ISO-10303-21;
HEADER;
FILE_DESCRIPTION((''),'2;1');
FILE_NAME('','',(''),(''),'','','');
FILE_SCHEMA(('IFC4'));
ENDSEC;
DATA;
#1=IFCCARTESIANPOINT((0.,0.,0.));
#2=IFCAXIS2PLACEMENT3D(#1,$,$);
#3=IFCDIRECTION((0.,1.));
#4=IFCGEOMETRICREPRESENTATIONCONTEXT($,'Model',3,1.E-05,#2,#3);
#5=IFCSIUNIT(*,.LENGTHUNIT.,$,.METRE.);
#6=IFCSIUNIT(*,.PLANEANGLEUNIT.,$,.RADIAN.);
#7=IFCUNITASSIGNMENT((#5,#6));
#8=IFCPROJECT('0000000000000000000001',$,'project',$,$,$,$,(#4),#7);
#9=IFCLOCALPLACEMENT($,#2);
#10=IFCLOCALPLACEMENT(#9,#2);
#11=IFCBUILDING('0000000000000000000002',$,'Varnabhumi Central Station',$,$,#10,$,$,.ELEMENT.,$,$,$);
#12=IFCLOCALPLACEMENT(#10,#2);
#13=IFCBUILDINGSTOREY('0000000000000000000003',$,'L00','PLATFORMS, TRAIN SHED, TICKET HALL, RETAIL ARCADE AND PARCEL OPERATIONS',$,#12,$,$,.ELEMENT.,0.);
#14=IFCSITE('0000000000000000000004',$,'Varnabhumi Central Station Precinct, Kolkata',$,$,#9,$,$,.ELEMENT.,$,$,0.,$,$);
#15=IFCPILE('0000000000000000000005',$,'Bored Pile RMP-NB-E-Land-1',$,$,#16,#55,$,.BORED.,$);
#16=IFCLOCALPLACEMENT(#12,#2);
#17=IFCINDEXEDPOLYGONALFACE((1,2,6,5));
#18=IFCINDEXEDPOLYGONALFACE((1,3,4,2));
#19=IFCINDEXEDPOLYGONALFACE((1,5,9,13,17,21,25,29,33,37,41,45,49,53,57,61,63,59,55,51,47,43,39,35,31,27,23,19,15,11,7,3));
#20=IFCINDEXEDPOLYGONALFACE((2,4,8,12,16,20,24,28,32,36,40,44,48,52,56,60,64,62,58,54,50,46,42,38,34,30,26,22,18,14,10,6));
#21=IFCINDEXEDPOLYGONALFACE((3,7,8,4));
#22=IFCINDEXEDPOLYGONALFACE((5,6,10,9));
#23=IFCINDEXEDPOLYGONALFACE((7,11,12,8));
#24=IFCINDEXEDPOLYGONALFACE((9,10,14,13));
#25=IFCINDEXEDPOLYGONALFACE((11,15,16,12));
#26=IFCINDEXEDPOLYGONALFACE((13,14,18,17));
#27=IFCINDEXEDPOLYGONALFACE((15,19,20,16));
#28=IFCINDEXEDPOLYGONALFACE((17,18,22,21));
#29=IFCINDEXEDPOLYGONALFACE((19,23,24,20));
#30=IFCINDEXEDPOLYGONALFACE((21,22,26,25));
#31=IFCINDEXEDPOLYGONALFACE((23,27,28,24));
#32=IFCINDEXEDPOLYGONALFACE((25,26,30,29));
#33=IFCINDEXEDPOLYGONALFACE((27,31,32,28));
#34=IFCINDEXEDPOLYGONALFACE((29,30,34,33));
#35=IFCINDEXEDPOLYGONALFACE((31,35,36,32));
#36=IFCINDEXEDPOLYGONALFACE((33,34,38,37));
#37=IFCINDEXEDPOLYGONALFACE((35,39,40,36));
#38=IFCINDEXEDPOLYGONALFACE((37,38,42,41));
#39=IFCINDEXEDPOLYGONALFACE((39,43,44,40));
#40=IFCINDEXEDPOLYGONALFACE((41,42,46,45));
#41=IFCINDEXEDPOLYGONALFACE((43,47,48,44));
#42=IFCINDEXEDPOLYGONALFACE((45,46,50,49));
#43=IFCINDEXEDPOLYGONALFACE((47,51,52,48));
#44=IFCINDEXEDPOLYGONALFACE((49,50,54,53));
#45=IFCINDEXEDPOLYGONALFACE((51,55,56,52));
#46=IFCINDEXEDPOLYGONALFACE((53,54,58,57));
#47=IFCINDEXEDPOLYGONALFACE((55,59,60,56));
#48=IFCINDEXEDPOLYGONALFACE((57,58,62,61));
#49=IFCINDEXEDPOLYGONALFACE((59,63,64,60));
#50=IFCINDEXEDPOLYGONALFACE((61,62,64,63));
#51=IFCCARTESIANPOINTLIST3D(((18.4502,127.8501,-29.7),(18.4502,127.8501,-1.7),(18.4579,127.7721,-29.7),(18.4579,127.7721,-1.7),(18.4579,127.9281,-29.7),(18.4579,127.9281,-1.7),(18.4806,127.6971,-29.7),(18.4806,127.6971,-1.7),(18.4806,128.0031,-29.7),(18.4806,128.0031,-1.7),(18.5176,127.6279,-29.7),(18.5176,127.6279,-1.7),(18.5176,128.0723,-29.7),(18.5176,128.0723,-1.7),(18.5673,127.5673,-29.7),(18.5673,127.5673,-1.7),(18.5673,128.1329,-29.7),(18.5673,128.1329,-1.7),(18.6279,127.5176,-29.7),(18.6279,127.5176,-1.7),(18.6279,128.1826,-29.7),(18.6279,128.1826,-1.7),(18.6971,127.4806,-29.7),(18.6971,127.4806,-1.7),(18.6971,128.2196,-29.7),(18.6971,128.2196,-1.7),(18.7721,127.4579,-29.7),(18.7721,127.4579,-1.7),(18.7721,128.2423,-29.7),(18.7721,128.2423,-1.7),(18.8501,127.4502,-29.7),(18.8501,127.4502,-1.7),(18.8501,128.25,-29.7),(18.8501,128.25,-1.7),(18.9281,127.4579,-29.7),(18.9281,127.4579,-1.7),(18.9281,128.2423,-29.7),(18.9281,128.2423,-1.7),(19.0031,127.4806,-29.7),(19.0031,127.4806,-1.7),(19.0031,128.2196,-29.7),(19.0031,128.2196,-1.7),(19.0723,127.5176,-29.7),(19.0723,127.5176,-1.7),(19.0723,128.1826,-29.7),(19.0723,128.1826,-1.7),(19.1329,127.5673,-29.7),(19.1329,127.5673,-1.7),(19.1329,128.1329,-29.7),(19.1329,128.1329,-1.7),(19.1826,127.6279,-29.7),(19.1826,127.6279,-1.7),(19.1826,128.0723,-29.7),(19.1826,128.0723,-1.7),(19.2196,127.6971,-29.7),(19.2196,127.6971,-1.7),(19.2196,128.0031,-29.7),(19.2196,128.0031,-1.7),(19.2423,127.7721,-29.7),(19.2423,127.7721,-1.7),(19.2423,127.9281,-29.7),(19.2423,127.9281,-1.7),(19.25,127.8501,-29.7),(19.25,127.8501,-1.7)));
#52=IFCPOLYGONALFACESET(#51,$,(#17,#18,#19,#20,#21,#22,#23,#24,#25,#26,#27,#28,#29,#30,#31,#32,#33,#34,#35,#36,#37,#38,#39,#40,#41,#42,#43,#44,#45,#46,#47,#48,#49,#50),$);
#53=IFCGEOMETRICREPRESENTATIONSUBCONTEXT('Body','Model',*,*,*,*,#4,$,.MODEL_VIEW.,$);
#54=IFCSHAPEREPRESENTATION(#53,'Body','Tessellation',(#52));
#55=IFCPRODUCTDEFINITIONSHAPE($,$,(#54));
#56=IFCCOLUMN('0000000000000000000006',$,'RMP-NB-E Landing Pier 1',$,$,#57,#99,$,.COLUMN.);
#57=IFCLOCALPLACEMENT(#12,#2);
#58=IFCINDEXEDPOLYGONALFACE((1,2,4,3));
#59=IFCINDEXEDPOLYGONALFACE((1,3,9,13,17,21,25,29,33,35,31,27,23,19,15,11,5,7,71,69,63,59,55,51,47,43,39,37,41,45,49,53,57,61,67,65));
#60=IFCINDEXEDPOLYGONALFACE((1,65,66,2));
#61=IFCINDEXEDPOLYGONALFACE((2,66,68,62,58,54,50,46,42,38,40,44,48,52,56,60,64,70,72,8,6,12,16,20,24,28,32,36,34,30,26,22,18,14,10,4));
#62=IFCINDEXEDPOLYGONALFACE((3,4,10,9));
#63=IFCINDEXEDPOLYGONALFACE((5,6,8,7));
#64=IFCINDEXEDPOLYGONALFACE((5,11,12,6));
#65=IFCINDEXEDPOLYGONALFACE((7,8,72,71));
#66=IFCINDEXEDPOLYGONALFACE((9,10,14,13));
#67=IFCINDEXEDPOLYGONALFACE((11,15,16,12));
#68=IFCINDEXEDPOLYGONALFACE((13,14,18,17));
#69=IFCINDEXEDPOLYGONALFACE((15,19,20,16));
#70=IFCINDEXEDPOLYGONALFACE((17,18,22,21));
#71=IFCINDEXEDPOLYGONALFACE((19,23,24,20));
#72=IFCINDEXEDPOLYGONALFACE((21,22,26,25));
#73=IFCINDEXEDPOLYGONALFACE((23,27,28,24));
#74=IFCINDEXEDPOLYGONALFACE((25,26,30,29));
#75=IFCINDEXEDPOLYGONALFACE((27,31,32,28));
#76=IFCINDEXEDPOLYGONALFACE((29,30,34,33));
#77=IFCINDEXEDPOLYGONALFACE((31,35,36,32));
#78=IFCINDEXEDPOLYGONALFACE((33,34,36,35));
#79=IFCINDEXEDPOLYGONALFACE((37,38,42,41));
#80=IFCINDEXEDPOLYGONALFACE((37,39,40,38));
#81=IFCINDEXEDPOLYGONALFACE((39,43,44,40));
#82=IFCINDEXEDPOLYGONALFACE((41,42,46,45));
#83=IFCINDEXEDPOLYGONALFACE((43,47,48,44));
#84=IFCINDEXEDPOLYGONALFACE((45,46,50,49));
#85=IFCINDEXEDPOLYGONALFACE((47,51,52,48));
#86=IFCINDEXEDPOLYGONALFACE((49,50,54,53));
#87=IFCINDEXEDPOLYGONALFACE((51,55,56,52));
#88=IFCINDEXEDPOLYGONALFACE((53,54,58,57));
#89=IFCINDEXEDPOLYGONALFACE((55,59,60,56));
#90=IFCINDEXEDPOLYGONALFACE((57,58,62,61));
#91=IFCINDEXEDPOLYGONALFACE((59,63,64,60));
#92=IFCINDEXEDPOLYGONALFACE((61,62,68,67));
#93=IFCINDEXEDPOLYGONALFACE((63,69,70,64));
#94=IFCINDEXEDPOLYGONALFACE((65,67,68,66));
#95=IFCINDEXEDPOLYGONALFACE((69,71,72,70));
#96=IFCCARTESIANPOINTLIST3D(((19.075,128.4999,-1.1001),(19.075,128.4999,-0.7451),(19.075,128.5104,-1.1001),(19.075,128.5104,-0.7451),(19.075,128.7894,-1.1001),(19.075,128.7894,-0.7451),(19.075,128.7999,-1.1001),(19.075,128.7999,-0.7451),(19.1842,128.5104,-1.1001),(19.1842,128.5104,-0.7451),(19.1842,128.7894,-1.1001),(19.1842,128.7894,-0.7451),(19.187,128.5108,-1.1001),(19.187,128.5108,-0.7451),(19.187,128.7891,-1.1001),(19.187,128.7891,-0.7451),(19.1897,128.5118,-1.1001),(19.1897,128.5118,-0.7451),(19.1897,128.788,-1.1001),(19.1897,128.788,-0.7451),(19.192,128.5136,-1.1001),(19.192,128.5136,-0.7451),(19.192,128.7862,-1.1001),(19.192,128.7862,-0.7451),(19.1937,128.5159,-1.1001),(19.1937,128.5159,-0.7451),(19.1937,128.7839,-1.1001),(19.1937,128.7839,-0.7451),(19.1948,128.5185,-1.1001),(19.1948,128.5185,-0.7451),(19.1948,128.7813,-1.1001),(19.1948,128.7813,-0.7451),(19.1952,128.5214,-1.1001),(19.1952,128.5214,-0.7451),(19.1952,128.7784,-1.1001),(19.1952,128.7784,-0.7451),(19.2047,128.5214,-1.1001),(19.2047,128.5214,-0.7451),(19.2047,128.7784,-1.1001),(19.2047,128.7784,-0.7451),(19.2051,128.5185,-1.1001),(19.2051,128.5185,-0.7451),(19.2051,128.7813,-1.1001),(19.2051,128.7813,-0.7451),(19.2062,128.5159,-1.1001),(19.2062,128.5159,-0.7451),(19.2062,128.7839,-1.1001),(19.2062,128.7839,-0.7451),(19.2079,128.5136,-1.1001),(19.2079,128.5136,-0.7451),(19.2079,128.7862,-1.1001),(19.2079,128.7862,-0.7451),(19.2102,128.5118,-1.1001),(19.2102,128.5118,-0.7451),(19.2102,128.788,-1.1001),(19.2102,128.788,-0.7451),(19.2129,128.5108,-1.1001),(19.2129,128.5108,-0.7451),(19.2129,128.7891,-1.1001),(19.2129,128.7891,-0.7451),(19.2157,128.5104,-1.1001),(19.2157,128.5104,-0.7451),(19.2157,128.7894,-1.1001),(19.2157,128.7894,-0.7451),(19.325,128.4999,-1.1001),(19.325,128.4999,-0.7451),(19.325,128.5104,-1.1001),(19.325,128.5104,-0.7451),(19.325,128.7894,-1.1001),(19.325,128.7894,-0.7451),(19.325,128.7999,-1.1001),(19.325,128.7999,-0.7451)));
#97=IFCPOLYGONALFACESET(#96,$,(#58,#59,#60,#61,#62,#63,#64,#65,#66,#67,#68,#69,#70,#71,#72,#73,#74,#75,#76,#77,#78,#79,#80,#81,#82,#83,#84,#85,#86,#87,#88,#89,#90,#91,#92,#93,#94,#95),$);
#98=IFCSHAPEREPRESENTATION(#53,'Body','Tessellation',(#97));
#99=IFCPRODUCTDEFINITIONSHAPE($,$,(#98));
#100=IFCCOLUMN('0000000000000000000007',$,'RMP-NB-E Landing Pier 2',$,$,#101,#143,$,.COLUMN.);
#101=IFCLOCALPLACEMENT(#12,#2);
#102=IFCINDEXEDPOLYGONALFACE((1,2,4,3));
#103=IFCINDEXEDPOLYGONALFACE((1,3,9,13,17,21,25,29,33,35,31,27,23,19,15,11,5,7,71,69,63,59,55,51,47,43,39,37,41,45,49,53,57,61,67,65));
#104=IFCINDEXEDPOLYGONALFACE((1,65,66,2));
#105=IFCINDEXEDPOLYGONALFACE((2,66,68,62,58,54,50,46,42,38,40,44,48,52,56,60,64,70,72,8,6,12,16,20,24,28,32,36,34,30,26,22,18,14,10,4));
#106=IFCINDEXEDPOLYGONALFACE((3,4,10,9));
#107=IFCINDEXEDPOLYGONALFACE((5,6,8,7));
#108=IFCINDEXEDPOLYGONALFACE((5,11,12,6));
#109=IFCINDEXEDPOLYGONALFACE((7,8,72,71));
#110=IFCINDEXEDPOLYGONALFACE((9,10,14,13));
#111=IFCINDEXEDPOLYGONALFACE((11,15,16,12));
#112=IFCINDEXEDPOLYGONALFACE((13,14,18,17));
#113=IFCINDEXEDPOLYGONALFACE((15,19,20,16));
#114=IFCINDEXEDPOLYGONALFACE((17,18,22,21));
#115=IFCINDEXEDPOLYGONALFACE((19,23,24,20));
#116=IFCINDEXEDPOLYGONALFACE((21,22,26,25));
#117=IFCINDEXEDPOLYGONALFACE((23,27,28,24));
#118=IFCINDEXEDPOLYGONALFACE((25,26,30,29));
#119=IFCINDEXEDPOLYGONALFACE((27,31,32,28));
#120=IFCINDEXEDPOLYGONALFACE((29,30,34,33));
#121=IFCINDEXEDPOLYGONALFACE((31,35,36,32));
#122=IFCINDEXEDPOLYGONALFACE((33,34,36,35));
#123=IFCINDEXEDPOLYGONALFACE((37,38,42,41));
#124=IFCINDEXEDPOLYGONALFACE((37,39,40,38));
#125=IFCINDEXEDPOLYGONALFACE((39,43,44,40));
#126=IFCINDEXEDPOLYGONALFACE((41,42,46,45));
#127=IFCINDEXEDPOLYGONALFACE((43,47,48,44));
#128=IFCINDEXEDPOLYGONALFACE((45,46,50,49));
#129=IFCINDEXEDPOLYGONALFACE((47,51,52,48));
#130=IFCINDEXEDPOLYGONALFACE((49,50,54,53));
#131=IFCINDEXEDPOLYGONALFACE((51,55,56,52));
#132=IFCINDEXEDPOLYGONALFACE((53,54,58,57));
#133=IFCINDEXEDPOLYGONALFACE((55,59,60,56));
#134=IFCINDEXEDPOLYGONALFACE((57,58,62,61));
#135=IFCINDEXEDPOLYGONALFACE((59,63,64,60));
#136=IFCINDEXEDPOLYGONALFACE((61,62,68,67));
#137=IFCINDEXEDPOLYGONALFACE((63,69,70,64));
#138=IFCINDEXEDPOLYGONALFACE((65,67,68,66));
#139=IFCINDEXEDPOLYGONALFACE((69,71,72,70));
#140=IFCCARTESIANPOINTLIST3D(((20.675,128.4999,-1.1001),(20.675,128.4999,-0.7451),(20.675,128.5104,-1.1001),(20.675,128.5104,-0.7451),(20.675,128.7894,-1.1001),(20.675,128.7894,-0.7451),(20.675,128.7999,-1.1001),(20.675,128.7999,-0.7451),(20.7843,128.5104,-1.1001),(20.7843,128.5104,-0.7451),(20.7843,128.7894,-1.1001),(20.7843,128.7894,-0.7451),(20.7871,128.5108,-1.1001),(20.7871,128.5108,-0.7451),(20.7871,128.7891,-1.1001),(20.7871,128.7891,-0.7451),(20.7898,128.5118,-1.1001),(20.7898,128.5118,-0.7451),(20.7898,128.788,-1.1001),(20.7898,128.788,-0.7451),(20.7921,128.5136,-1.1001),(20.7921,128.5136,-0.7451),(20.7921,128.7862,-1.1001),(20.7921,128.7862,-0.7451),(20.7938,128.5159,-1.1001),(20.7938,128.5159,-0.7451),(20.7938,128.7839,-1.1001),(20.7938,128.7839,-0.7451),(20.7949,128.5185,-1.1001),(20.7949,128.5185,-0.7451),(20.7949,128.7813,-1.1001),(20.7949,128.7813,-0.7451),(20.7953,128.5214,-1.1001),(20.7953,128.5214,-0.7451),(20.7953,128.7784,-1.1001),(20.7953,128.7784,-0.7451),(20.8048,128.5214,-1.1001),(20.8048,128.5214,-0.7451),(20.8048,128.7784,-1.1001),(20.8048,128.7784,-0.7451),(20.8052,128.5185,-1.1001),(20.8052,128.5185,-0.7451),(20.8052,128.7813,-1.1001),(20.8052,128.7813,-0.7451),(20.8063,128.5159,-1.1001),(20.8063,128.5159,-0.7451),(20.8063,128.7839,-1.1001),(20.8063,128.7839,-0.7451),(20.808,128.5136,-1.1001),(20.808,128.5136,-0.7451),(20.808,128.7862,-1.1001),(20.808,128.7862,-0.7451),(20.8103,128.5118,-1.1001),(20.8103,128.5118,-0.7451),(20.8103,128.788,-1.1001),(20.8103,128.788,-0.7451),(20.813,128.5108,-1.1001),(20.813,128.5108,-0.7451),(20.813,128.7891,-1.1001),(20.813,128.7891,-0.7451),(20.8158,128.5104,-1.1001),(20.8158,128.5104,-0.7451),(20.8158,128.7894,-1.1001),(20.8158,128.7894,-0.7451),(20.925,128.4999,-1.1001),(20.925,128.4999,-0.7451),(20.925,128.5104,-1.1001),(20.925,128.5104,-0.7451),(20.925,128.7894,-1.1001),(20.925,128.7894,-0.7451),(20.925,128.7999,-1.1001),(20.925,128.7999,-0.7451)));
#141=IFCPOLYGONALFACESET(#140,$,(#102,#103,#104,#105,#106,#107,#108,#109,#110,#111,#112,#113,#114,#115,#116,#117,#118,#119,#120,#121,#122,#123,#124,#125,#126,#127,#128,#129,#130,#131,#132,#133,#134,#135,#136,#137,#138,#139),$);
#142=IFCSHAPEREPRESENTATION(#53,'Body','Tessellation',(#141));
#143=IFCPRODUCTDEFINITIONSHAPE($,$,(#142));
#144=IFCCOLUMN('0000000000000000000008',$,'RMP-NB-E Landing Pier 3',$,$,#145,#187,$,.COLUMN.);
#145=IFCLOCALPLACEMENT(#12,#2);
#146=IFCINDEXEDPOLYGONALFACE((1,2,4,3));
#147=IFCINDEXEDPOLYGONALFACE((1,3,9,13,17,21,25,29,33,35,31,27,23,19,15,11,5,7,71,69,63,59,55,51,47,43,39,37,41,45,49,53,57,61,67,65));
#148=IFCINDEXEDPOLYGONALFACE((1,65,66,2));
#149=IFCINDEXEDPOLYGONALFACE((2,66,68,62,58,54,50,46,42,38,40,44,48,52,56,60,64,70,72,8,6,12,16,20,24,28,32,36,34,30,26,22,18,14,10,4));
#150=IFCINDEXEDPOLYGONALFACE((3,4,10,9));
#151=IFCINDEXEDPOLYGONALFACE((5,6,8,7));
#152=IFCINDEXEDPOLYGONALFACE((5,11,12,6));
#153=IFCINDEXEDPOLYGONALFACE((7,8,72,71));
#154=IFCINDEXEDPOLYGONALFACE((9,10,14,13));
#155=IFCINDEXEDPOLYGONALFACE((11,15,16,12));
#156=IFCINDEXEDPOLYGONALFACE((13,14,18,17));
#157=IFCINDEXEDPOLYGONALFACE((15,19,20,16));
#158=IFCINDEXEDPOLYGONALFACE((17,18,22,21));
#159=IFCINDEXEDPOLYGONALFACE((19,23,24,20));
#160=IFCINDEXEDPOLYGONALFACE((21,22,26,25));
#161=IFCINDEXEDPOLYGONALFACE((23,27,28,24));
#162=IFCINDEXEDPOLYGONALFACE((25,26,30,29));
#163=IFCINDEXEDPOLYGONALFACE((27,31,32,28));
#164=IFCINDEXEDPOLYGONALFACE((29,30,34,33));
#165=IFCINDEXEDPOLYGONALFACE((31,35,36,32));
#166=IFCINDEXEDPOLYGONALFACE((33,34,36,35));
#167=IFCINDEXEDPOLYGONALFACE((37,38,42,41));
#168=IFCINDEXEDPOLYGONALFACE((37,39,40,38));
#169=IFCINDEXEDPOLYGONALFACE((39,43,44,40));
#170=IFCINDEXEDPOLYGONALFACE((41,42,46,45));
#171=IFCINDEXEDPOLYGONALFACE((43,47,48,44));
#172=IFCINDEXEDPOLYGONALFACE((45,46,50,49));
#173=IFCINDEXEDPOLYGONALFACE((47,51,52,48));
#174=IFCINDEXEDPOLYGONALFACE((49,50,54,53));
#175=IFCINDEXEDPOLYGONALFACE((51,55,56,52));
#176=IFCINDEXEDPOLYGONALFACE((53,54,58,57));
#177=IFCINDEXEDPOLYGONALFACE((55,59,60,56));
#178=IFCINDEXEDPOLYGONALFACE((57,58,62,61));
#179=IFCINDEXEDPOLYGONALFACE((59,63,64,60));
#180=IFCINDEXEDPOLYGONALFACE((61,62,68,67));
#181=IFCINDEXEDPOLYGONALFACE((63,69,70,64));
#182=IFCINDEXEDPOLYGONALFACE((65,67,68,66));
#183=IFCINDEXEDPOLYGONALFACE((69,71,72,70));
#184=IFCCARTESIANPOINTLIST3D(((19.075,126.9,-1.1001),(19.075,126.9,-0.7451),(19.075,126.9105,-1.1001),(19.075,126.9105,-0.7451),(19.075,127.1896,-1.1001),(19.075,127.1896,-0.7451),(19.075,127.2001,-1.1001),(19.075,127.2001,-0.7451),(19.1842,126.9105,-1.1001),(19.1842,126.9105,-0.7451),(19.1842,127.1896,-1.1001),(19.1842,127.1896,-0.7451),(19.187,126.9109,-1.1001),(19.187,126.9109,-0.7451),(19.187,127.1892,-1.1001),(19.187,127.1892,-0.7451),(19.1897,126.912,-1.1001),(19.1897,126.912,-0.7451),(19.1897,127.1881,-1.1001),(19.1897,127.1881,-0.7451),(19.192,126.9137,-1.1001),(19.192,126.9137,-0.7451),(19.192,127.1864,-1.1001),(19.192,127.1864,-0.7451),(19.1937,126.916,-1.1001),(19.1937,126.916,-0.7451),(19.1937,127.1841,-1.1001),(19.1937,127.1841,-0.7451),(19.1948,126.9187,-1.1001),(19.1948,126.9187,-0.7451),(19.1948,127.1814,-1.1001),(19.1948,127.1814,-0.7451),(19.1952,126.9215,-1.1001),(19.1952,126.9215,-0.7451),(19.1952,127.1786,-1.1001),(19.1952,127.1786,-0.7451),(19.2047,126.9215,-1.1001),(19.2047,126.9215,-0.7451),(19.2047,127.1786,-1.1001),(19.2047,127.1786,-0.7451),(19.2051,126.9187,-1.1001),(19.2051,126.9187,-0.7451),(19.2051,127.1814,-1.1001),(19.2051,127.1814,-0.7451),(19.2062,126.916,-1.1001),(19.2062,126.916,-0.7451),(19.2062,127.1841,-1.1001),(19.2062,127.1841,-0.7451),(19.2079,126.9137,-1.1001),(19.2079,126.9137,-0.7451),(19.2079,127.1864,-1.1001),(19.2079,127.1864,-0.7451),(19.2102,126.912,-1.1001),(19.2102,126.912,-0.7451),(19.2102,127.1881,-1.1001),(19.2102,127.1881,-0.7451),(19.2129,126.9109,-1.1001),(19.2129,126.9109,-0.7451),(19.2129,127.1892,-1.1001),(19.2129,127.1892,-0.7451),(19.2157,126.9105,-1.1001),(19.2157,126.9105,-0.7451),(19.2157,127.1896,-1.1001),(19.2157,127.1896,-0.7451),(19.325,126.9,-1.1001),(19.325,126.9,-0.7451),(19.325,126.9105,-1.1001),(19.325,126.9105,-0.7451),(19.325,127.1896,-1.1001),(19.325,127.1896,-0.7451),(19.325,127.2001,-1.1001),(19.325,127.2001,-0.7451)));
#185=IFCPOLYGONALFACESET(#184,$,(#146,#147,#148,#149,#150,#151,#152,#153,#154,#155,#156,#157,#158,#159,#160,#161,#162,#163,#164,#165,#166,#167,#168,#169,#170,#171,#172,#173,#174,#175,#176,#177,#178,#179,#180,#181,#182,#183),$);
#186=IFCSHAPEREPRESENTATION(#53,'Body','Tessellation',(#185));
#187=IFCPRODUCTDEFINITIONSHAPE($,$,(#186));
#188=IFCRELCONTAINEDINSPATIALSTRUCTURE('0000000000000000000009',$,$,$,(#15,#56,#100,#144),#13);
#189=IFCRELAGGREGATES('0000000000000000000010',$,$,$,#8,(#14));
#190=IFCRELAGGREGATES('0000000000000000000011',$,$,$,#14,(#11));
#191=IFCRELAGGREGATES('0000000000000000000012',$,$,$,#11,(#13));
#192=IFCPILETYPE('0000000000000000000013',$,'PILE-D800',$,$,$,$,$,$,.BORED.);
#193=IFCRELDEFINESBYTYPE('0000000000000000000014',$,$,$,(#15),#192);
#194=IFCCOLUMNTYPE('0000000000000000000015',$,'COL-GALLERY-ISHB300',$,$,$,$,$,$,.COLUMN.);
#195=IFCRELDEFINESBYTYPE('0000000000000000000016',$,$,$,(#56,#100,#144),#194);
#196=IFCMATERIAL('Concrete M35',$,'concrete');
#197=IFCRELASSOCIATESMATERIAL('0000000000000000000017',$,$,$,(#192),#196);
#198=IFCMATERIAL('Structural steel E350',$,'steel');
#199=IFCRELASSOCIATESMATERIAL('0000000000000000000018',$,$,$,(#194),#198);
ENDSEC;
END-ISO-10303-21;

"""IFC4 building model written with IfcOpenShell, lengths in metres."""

from ifc_helpers import new_model, si_unit, direction, frame, origin, origin_2d, place, context, subcontext, project, spatial, circle, i_section, extrude, material, material_profile, profile_set, type_object, element, save


model = new_model("IFC4")

# Units and contexts
model_context = context("Model", 3, precision=1e-05, world=origin(), true_north=direction((0.0, 1.0)))
body_context = subcontext(model_context, "Body", "Model", "MODEL_VIEW")
ifc_project = project(units=[si_unit("LENGTHUNIT", "METRE"), si_unit("PLANEANGLEUNIT", "RADIAN")], contexts=[model_context])

# Site, building, storey
site_placement = place(None, origin())
site = spatial("IfcSite", under=ifc_project, at=site_placement, Name="Varnabhumi Central Station Precinct, Kolkata", CompositionType="ELEMENT", RefElevation=0.0)
building_placement = place(site_placement, origin())
building = spatial("IfcBuilding", under=site, at=building_placement, Name="Varnabhumi Central Station", CompositionType="ELEMENT")
storey_placement = place(building_placement, origin())
storey = spatial("IfcBuildingStorey", under=building, at=storey_placement, Name="L00", Description="PLATFORMS, TRAIN SHED, TICKET HALL, RETAIL ARCADE AND PARCEL OPERATIONS", CompositionType="ELEMENT", Elevation=0.0)

# Pile
ifc_material_1 = material(Name="Concrete M35", Category="concrete")
ifc_material_profile_1 = material_profile(ifc_material_1, circle(Radius=0.3999, at=origin_2d()), Name="Concrete M35", Category="concrete")
ifc_profile_set_1 = profile_set([ifc_material_profile_1], Name="Concrete M35")
pile_type = type_object("IfcPileType", Name="PILE-D800", PredefinedType="BORED", material=ifc_profile_set_1)
for number, where, z_axis, x_axis, name in (
    (1, (18.8501, 127.8501, -1.7), (0.0, 0.0, -1.0), (1.0, 0.0, 0.0), "Bored Pile RMP-NB-E-Land-1"),
):
    element("IfcPile", number, at=place(storey_placement, frame(where, z_axis=z_axis, x_axis=x_axis)), inside=storey, type_object=pile_type, Name=name, PredefinedType="BORED", context=body_context, shape_type="SweptSolid", body=[
        extrude(circle(Radius=0.3999, at=origin_2d()), origin(), (0.0, 0.0, 1.0), 28.0),
    ])

# Columns
ifc_material_2 = material(Name="Structural steel E350", Category="steel")
ifc_material_profile_2 = material_profile(ifc_material_2, i_section(OverallWidth=0.25, OverallDepth=0.3, WebThickness=0.0095, FlangeThickness=0.0105, FilletRadius=0.011, at=origin_2d()), Name="Structural steel E350", Category="steel")
ifc_profile_set_2 = profile_set([ifc_material_profile_2], Name="Structural steel E350")
column_type_1 = type_object("IfcColumnType", Name="COL-GALLERY-ISHB300", PredefinedType="COLUMN", material=ifc_profile_set_2)
for number, where, z_axis, x_axis, name in (
    (2, (19.2, 128.6499, -1.1001), (0.0, 0.0, 1.0), (1.0, 0.0, 0.0), "RMP-NB-E Landing Pier 1"),
    (3, (20.8, 128.6499, -1.1001), (0.0, 0.0, 1.0), (1.0, 0.0, 0.0), "RMP-NB-E Landing Pier 2"),
    (4, (19.2, 127.05, -1.1001), (0.0, 0.0, 1.0), (1.0, 0.0, 0.0), "RMP-NB-E Landing Pier 3"),
):
    element("IfcColumn", number, at=place(storey_placement, frame(where, z_axis=z_axis, x_axis=x_axis)), inside=storey, type_object=column_type_1, Name=name, PredefinedType="COLUMN", context=body_context, shape_type="SweptSolid", body=[
        extrude(i_section(OverallWidth=0.25, OverallDepth=0.3, WebThickness=0.0095, FlangeThickness=0.0105, FilletRadius=0.011, at=origin_2d()), origin(), (0.0, 0.0, 1.0), 0.355),
    ])

save(model, "model.ifc")
